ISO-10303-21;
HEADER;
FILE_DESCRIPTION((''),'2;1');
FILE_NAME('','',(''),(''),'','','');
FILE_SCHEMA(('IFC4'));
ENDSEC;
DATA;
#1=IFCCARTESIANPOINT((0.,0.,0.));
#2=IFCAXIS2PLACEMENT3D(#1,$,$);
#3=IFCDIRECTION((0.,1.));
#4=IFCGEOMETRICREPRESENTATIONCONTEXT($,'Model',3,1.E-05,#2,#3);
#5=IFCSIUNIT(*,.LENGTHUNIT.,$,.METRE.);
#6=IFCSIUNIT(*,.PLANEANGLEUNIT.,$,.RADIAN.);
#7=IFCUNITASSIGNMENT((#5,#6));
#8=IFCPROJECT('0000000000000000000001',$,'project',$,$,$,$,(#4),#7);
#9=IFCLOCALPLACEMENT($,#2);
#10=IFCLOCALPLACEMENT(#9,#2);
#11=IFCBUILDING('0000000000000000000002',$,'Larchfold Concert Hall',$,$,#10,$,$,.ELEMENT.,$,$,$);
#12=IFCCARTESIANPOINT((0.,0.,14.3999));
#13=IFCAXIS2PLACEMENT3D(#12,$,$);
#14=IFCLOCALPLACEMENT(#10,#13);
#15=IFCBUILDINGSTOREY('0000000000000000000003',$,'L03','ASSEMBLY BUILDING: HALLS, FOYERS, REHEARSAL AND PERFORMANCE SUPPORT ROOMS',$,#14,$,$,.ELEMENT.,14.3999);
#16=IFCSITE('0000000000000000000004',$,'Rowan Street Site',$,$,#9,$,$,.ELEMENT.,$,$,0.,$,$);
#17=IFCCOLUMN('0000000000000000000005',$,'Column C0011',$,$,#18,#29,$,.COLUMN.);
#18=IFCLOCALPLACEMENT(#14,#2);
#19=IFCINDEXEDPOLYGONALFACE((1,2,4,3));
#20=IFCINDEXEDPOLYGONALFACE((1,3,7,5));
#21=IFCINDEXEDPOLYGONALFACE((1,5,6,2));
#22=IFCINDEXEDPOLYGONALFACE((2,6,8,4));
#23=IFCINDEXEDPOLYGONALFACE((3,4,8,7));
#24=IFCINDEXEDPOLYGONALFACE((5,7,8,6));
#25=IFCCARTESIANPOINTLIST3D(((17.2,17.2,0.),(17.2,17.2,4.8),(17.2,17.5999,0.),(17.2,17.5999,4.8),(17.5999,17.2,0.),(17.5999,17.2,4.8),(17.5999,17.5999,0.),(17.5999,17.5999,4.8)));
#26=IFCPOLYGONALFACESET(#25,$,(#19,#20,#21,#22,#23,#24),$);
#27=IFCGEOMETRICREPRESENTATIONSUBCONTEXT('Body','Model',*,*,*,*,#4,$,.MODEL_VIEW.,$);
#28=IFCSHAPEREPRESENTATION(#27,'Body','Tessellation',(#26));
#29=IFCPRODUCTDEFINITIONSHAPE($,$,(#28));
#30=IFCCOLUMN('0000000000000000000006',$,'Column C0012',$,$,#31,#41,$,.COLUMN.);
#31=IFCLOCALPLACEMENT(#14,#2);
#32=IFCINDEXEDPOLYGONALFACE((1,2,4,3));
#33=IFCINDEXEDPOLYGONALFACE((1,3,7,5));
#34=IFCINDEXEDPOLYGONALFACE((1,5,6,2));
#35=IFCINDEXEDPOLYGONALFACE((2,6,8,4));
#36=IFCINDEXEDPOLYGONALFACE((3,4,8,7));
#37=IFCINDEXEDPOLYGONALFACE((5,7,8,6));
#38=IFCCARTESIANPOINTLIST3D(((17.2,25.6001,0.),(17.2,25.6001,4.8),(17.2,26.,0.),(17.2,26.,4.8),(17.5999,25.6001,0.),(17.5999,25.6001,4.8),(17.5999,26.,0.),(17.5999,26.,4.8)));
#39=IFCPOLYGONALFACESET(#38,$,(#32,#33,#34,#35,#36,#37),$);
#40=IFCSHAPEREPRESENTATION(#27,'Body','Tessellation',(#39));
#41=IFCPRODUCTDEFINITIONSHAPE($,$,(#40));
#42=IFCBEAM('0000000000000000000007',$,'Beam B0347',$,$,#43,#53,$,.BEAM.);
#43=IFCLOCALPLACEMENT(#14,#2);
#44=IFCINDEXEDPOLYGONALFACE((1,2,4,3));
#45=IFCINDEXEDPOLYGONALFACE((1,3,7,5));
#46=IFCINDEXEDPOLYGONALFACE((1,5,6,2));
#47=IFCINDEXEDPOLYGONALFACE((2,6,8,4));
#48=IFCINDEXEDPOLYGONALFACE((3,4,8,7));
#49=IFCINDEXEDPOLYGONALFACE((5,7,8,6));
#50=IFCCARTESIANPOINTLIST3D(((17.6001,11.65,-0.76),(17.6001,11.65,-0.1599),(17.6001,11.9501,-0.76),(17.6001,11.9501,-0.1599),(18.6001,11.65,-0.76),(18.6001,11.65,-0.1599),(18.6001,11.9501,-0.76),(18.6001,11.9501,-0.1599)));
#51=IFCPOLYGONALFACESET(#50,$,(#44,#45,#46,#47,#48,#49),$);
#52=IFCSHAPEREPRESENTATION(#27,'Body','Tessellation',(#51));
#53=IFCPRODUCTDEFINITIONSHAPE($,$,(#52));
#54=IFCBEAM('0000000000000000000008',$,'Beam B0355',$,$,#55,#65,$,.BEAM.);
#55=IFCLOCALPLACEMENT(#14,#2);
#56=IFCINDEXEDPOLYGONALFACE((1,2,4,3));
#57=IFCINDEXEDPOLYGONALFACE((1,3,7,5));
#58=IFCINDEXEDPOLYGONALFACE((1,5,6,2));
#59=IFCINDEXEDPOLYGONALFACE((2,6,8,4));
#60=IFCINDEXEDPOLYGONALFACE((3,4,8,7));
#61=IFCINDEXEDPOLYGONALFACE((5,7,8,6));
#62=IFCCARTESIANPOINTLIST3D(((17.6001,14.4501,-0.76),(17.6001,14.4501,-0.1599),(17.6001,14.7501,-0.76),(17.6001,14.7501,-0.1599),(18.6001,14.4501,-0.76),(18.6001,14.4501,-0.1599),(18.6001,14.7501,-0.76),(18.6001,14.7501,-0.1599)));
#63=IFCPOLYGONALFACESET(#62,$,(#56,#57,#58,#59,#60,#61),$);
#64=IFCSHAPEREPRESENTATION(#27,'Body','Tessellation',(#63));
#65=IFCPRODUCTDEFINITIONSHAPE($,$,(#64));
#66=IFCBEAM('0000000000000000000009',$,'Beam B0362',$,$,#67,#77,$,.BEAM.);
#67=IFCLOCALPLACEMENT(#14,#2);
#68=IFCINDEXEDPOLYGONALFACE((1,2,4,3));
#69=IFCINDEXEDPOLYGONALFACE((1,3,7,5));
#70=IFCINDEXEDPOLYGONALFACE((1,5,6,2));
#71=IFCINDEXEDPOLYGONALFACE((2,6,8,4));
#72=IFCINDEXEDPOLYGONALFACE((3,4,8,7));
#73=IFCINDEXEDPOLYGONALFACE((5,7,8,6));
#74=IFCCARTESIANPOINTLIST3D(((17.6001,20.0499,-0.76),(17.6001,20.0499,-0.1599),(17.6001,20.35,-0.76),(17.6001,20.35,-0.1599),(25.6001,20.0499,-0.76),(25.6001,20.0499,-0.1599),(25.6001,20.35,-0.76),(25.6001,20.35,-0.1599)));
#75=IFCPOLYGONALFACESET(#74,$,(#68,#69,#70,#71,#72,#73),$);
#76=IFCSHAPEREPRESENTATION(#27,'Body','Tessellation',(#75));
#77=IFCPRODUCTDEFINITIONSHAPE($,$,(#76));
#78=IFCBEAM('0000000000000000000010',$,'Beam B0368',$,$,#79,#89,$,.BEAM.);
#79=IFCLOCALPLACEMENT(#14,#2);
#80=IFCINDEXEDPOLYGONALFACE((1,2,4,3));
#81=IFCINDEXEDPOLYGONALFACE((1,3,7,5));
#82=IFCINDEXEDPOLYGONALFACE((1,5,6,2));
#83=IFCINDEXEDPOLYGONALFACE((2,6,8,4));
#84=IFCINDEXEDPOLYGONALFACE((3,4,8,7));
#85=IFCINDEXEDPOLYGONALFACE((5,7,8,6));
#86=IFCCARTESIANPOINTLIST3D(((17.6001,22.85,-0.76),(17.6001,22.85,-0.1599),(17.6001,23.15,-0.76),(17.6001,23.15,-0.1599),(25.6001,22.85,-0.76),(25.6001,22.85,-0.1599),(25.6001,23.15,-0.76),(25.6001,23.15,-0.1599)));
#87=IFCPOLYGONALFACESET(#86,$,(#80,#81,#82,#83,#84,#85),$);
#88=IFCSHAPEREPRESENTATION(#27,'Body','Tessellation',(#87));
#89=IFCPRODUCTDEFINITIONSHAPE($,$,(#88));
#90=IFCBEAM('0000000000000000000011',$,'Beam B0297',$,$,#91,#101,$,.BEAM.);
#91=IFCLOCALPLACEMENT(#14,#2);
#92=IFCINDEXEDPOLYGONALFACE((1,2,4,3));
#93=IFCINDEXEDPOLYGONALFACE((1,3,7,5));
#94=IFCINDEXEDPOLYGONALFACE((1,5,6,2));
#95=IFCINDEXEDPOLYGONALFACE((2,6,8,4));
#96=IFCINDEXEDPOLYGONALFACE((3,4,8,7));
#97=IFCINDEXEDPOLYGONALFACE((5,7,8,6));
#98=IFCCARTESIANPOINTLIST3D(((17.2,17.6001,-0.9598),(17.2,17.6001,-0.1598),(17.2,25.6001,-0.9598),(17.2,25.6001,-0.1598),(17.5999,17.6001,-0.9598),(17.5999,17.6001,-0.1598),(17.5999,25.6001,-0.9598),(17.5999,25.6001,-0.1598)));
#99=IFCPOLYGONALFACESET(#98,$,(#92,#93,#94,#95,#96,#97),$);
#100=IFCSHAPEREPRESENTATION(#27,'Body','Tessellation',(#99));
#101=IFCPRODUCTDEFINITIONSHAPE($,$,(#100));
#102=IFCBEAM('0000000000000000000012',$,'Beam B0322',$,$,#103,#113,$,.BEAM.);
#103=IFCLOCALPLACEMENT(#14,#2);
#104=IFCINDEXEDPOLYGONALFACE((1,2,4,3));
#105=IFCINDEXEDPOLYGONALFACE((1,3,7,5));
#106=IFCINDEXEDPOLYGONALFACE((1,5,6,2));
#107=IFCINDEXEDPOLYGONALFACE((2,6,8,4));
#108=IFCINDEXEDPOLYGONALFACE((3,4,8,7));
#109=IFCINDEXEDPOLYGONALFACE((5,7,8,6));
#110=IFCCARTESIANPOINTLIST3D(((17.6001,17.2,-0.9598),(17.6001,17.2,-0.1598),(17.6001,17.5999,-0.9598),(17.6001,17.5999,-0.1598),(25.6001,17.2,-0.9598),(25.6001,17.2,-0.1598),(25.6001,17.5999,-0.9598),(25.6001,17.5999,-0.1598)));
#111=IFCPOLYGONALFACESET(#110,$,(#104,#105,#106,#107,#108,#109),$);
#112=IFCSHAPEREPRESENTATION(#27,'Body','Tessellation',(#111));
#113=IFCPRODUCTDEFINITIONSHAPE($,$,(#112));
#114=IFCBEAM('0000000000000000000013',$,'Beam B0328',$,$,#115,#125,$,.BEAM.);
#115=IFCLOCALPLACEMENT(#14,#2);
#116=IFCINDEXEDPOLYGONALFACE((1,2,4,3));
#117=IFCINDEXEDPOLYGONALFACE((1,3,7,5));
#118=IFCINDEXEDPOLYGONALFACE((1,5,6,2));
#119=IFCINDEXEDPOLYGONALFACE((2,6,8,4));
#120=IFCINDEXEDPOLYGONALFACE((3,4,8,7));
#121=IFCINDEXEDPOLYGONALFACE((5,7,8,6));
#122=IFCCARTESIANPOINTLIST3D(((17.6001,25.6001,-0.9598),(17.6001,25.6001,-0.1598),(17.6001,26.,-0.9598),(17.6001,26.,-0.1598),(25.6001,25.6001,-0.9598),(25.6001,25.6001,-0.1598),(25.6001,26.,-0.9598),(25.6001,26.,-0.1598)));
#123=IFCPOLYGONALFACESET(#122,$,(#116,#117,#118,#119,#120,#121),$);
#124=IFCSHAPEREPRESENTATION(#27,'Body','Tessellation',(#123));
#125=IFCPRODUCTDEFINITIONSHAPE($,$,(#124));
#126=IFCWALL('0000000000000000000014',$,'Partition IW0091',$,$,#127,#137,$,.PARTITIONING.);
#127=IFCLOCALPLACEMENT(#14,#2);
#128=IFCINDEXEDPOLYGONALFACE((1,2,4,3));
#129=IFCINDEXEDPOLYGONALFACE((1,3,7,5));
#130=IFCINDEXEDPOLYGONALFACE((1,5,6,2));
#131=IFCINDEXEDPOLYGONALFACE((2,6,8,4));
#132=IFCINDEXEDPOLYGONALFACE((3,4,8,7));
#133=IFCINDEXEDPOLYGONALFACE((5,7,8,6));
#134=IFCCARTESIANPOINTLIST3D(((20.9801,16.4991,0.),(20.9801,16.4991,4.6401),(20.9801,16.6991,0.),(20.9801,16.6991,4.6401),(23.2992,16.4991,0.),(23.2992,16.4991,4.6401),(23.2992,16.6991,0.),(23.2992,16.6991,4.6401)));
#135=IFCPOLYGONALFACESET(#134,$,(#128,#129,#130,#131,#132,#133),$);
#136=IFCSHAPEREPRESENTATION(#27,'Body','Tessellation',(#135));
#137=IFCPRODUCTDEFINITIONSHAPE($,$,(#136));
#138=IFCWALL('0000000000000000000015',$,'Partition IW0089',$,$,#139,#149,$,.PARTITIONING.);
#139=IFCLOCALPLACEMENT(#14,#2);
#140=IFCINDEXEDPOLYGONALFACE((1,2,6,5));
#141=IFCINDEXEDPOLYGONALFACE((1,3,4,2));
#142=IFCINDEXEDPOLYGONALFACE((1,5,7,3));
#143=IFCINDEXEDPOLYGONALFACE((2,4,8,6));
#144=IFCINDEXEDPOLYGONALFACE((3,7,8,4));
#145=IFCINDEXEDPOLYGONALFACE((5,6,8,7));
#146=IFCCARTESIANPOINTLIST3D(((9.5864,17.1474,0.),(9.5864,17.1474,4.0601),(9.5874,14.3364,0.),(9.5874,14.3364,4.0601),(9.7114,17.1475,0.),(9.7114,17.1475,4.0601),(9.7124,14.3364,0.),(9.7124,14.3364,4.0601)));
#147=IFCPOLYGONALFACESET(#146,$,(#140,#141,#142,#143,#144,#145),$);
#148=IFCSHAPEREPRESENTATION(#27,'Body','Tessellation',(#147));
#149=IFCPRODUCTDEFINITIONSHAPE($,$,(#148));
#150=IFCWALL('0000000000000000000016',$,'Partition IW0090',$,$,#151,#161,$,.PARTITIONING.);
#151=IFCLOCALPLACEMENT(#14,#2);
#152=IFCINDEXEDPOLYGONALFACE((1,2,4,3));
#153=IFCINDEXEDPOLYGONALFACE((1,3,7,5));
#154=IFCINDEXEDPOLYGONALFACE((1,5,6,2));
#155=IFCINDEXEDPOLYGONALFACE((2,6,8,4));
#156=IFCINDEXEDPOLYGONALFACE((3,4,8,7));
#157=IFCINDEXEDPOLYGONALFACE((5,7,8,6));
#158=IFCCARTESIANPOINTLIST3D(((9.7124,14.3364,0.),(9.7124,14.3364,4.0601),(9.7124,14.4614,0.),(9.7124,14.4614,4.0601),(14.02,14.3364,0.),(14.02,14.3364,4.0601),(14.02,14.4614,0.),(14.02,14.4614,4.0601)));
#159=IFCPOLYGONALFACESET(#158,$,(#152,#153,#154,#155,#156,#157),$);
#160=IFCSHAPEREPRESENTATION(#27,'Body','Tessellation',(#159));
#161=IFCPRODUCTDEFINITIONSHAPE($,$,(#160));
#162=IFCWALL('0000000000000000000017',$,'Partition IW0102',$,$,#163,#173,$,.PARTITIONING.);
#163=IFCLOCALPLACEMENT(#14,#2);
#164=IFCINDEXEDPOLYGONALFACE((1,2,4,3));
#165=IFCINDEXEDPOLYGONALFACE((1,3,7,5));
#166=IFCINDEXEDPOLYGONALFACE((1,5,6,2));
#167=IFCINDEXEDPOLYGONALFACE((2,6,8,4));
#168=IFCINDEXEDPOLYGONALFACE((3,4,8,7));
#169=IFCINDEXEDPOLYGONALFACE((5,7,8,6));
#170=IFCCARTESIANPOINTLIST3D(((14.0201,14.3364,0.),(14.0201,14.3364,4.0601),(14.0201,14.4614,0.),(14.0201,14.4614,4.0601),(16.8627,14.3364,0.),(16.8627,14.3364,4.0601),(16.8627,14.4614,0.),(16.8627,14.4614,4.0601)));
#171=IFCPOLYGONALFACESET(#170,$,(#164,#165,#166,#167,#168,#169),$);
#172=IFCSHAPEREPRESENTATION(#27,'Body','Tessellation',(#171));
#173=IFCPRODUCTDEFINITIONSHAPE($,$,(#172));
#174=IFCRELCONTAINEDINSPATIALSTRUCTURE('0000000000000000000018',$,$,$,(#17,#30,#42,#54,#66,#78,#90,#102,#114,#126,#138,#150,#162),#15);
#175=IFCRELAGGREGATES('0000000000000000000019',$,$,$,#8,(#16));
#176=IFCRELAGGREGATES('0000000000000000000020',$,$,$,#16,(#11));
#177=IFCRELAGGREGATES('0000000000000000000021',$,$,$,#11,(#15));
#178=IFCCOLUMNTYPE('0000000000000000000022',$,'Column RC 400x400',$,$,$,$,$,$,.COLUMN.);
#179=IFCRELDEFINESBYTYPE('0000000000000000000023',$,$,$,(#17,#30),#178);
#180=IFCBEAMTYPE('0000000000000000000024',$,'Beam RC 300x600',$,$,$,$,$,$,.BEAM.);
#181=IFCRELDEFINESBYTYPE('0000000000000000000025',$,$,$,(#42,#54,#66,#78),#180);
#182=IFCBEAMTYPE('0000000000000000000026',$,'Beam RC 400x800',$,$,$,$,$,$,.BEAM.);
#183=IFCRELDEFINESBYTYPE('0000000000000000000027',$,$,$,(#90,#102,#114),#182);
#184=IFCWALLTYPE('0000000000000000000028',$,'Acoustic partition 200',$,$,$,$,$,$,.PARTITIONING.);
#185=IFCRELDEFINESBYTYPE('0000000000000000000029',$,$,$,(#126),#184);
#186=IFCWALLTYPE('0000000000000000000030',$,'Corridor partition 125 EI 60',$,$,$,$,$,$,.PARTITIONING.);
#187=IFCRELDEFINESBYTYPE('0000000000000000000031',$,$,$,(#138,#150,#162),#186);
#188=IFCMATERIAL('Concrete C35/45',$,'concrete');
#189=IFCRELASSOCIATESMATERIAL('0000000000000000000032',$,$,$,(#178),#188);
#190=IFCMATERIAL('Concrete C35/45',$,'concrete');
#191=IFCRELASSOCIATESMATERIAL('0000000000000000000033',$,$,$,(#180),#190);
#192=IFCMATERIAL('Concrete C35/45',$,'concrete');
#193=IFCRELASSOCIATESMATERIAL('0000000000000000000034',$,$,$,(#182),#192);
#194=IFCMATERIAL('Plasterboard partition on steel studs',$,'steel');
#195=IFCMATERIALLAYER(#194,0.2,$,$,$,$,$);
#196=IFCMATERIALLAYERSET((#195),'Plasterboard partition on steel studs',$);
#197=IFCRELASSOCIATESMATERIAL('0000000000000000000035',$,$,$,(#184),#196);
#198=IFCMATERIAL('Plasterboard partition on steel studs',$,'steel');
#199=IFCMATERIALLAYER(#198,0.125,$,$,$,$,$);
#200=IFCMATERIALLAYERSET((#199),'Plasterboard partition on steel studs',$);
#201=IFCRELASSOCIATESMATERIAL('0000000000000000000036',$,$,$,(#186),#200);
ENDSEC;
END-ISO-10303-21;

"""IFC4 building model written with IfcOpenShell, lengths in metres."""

from ifc_helpers import new_model, si_unit, direction, frame, frame_2d, origin, origin_2d, place, context, subcontext, project, spatial, rectangle, extrude, material, layer, layer_set, material_profile, profile_set, type_object, element, save


model = new_model("IFC4")

# Units and contexts
model_context = context("Model", 3, precision=1e-05, world=origin(), true_north=direction((0.0, 1.0)))
body_context = subcontext(model_context, "Body", "Model", "MODEL_VIEW")
ifc_project = project(units=[si_unit("LENGTHUNIT", "METRE"), si_unit("PLANEANGLEUNIT", "RADIAN")], contexts=[model_context])

# Site, building, storey
site_placement = place(None, origin())
site = spatial("IfcSite", under=ifc_project, at=site_placement, Name="Rowan Street Site", CompositionType="ELEMENT", RefElevation=0.0)
building_placement = place(site_placement, origin())
building = spatial("IfcBuilding", under=site, at=building_placement, Name="Larchfold Concert Hall", CompositionType="ELEMENT")
storey_placement = place(building_placement, frame((0.0, 0.0, 14.3999)))
storey = spatial("IfcBuildingStorey", under=building, at=storey_placement, Name="L03", Description="ASSEMBLY BUILDING: HALLS, FOYERS, REHEARSAL AND PERFORMANCE SUPPORT ROOMS", CompositionType="ELEMENT", Elevation=14.3999)

# Columns
ifc_material_1 = material(Name="Concrete C35/45", Category="concrete")
ifc_material_profile_1 = material_profile(ifc_material_1, rectangle(XDim=0.3999, YDim=0.3999, at=origin_2d()))
ifc_profile_set_1 = profile_set([ifc_material_profile_1], Name="Concrete C35/45")
column_type = type_object("IfcColumnType", Name="Column RC 400x400", PredefinedType="COLUMN", material=ifc_profile_set_1)
for number, where, z_axis, x_axis, name in (
    (1, (17.3999, 17.3999, 0.0), (0.0, 0.0, 1.0), (1.0, 0.0, 0.0), "Column C0011"),
    (2, (17.3999, 25.8, 0.0), (0.0, 0.0, 1.0), (1.0, 0.0, 0.0), "Column C0012"),
):
    element("IfcColumn", number, at=place(storey_placement, frame(where, z_axis=z_axis, x_axis=x_axis)), inside=storey, type_object=column_type, Name=name, PredefinedType="COLUMN", context=body_context, shape_type="SweptSolid", body=[
        extrude(rectangle(XDim=0.3999, YDim=0.3999, at=origin_2d()), origin(), (0.0, 0.0, 1.0), 4.8),
    ])

# Beams
ifc_material_2 = material(Name="Concrete C35/45", Category="concrete")
ifc_material_profile_2 = material_profile(ifc_material_2, rectangle(XDim=0.3, YDim=0.6001, at=origin_2d()))
ifc_profile_set_2 = profile_set([ifc_material_profile_2], Name="Concrete C35/45")
beam_type_1 = type_object("IfcBeamType", Name="Beam RC 300x600", PredefinedType="BEAM", material=ifc_profile_set_2)
for number, where, z_axis, x_axis, name in (
    (3, (17.6001, 11.8, -0.46), (1.0, 0.0, 0.0), (0.0, 1.0, 0.0), "Beam B0347"),
    (4, (17.6001, 14.6001, -0.46), (1.0, 0.0, 0.0), (0.0, 1.0, 0.0), "Beam B0355"),
):
    element("IfcBeam", number, at=place(storey_placement, frame(where, z_axis=z_axis, x_axis=x_axis)), inside=storey, type_object=beam_type_1, Name=name, PredefinedType="BEAM", context=body_context, shape_type="SweptSolid", body=[
        extrude(rectangle(XDim=0.3, YDim=0.6001, at=origin_2d()), origin(), (0.0, 0.0, 1.0), 1.0),
    ])
for number, where, z_axis, x_axis, name in (
    (5, (17.6001, 20.2, -0.46), (1.0, 0.0, 0.0), (0.0, 1.0, 0.0), "Beam B0362"),
    (6, (17.6001, 23.0, -0.46), (1.0, 0.0, 0.0), (0.0, 1.0, 0.0), "Beam B0368"),
):
    element("IfcBeam", number, at=place(storey_placement, frame(where, z_axis=z_axis, x_axis=x_axis)), inside=storey, type_object=beam_type_1, Name=name, PredefinedType="BEAM", context=body_context, shape_type="SweptSolid", body=[
        extrude(rectangle(XDim=0.3, YDim=0.6001, at=origin_2d()), origin(), (0.0, 0.0, 1.0), 8.0),
    ])
ifc_material_3 = material(Name="Concrete C35/45", Category="concrete")
ifc_material_profile_3 = material_profile(ifc_material_3, rectangle(XDim=0.3999, YDim=0.8, at=origin_2d()))
ifc_profile_set_3 = profile_set([ifc_material_profile_3], Name="Concrete C35/45")
beam_type_2 = type_object("IfcBeamType", Name="Beam RC 400x800", PredefinedType="BEAM", material=ifc_profile_set_3)
for number, where, z_axis, x_axis, name in (
    (7, (17.3999, 17.6001, -0.5598), (0.0, 1.0, 0.0), (-1.0, 0.0, 0.0), "Beam B0297"),
    (8, (17.6001, 17.3999, -0.5598), (1.0, 0.0, 0.0), (0.0, 1.0, 0.0), "Beam B0322"),
    (9, (17.6001, 25.8, -0.5598), (1.0, 0.0, 0.0), (0.0, 1.0, 0.0), "Beam B0328"),
):
    element("IfcBeam", number, at=place(storey_placement, frame(where, z_axis=z_axis, x_axis=x_axis)), inside=storey, type_object=beam_type_2, Name=name, PredefinedType="BEAM", context=body_context, shape_type="SweptSolid", body=[
        extrude(rectangle(XDim=0.3999, YDim=0.8, at=origin_2d()), origin(), (0.0, 0.0, 1.0), 8.0),
    ])

# Walls
ifc_material_4 = material(Name="Plasterboard partition on steel studs", Category="steel")
ifc_layer_1 = layer(ifc_material_4, 0.2)
ifc_layer_set_1 = layer_set([ifc_layer_1], Name="Plasterboard partition on steel studs")
wall_type_1 = type_object("IfcWallType", Name="Acoustic partition 200", PredefinedType="PARTITIONING", material=ifc_layer_set_1)
wall_1_placement = place(storey_placement, frame((20.98, 16.5991, 0.0), z_axis=(0.0, 0.0, 1.0), x_axis=(1.0, 0.0, 0.0)))
element("IfcWall", 10, at=wall_1_placement, inside=storey, type_object=wall_type_1, Name="Partition IW0091", PredefinedType="PARTITIONING", context=body_context, shape_type="SweptSolid", body=[
    extrude(rectangle(XDim=2.3191, YDim=0.2, at=frame_2d((1.1597, 0.0))), origin(), (0.0, 0.0, 1.0), 4.6401),
])
ifc_material_5 = material(Name="Plasterboard partition on steel studs", Category="steel")
ifc_layer_2 = layer(ifc_material_5, 0.125)
ifc_layer_set_2 = layer_set([ifc_layer_2], Name="Plasterboard partition on steel studs")
wall_type_2 = type_object("IfcWallType", Name="Corridor partition 125 EI 60", PredefinedType="PARTITIONING", material=ifc_layer_set_2)
wall_2_placement = place(storey_placement, frame((9.6489, 17.1475, 0.0), z_axis=(0.0, 0.0, 1.0), x_axis=(0.000347, -1.0, 0.0)))
element("IfcWall", 11, at=wall_2_placement, inside=storey, type_object=wall_type_2, Name="Partition IW0089", PredefinedType="PARTITIONING", context=body_context, shape_type="SweptSolid", body=[
    extrude(rectangle(XDim=2.811, YDim=0.125, at=frame_2d((1.4055, 0.0))), origin(), (0.0, 0.0, 1.0), 4.0601),
])
wall_3_placement = place(storey_placement, frame((9.7124, 14.3989, 0.0), z_axis=(0.0, 0.0, 1.0), x_axis=(1.0, 0.0, 0.0)))
element("IfcWall", 12, at=wall_3_placement, inside=storey, type_object=wall_type_2, Name="Partition IW0090", PredefinedType="PARTITIONING", context=body_context, shape_type="SweptSolid", body=[
    extrude(rectangle(XDim=4.3076, YDim=0.125, at=frame_2d((2.1538, 0.0))), origin(), (0.0, 0.0, 1.0), 4.0601),
])
wall_4_placement = place(storey_placement, frame((14.02, 14.3989, 0.0), z_axis=(0.0, 0.0, 1.0), x_axis=(1.0, 0.0, 0.0)))
element("IfcWall", 13, at=wall_4_placement, inside=storey, type_object=wall_type_2, Name="Partition IW0102", PredefinedType="PARTITIONING", context=body_context, shape_type="SweptSolid", body=[
    extrude(rectangle(XDim=2.8425, YDim=0.125, at=frame_2d((1.4214, 0.0))), origin(), (0.0, 0.0, 1.0), 4.0601),
])

save(model, "model.ifc")
